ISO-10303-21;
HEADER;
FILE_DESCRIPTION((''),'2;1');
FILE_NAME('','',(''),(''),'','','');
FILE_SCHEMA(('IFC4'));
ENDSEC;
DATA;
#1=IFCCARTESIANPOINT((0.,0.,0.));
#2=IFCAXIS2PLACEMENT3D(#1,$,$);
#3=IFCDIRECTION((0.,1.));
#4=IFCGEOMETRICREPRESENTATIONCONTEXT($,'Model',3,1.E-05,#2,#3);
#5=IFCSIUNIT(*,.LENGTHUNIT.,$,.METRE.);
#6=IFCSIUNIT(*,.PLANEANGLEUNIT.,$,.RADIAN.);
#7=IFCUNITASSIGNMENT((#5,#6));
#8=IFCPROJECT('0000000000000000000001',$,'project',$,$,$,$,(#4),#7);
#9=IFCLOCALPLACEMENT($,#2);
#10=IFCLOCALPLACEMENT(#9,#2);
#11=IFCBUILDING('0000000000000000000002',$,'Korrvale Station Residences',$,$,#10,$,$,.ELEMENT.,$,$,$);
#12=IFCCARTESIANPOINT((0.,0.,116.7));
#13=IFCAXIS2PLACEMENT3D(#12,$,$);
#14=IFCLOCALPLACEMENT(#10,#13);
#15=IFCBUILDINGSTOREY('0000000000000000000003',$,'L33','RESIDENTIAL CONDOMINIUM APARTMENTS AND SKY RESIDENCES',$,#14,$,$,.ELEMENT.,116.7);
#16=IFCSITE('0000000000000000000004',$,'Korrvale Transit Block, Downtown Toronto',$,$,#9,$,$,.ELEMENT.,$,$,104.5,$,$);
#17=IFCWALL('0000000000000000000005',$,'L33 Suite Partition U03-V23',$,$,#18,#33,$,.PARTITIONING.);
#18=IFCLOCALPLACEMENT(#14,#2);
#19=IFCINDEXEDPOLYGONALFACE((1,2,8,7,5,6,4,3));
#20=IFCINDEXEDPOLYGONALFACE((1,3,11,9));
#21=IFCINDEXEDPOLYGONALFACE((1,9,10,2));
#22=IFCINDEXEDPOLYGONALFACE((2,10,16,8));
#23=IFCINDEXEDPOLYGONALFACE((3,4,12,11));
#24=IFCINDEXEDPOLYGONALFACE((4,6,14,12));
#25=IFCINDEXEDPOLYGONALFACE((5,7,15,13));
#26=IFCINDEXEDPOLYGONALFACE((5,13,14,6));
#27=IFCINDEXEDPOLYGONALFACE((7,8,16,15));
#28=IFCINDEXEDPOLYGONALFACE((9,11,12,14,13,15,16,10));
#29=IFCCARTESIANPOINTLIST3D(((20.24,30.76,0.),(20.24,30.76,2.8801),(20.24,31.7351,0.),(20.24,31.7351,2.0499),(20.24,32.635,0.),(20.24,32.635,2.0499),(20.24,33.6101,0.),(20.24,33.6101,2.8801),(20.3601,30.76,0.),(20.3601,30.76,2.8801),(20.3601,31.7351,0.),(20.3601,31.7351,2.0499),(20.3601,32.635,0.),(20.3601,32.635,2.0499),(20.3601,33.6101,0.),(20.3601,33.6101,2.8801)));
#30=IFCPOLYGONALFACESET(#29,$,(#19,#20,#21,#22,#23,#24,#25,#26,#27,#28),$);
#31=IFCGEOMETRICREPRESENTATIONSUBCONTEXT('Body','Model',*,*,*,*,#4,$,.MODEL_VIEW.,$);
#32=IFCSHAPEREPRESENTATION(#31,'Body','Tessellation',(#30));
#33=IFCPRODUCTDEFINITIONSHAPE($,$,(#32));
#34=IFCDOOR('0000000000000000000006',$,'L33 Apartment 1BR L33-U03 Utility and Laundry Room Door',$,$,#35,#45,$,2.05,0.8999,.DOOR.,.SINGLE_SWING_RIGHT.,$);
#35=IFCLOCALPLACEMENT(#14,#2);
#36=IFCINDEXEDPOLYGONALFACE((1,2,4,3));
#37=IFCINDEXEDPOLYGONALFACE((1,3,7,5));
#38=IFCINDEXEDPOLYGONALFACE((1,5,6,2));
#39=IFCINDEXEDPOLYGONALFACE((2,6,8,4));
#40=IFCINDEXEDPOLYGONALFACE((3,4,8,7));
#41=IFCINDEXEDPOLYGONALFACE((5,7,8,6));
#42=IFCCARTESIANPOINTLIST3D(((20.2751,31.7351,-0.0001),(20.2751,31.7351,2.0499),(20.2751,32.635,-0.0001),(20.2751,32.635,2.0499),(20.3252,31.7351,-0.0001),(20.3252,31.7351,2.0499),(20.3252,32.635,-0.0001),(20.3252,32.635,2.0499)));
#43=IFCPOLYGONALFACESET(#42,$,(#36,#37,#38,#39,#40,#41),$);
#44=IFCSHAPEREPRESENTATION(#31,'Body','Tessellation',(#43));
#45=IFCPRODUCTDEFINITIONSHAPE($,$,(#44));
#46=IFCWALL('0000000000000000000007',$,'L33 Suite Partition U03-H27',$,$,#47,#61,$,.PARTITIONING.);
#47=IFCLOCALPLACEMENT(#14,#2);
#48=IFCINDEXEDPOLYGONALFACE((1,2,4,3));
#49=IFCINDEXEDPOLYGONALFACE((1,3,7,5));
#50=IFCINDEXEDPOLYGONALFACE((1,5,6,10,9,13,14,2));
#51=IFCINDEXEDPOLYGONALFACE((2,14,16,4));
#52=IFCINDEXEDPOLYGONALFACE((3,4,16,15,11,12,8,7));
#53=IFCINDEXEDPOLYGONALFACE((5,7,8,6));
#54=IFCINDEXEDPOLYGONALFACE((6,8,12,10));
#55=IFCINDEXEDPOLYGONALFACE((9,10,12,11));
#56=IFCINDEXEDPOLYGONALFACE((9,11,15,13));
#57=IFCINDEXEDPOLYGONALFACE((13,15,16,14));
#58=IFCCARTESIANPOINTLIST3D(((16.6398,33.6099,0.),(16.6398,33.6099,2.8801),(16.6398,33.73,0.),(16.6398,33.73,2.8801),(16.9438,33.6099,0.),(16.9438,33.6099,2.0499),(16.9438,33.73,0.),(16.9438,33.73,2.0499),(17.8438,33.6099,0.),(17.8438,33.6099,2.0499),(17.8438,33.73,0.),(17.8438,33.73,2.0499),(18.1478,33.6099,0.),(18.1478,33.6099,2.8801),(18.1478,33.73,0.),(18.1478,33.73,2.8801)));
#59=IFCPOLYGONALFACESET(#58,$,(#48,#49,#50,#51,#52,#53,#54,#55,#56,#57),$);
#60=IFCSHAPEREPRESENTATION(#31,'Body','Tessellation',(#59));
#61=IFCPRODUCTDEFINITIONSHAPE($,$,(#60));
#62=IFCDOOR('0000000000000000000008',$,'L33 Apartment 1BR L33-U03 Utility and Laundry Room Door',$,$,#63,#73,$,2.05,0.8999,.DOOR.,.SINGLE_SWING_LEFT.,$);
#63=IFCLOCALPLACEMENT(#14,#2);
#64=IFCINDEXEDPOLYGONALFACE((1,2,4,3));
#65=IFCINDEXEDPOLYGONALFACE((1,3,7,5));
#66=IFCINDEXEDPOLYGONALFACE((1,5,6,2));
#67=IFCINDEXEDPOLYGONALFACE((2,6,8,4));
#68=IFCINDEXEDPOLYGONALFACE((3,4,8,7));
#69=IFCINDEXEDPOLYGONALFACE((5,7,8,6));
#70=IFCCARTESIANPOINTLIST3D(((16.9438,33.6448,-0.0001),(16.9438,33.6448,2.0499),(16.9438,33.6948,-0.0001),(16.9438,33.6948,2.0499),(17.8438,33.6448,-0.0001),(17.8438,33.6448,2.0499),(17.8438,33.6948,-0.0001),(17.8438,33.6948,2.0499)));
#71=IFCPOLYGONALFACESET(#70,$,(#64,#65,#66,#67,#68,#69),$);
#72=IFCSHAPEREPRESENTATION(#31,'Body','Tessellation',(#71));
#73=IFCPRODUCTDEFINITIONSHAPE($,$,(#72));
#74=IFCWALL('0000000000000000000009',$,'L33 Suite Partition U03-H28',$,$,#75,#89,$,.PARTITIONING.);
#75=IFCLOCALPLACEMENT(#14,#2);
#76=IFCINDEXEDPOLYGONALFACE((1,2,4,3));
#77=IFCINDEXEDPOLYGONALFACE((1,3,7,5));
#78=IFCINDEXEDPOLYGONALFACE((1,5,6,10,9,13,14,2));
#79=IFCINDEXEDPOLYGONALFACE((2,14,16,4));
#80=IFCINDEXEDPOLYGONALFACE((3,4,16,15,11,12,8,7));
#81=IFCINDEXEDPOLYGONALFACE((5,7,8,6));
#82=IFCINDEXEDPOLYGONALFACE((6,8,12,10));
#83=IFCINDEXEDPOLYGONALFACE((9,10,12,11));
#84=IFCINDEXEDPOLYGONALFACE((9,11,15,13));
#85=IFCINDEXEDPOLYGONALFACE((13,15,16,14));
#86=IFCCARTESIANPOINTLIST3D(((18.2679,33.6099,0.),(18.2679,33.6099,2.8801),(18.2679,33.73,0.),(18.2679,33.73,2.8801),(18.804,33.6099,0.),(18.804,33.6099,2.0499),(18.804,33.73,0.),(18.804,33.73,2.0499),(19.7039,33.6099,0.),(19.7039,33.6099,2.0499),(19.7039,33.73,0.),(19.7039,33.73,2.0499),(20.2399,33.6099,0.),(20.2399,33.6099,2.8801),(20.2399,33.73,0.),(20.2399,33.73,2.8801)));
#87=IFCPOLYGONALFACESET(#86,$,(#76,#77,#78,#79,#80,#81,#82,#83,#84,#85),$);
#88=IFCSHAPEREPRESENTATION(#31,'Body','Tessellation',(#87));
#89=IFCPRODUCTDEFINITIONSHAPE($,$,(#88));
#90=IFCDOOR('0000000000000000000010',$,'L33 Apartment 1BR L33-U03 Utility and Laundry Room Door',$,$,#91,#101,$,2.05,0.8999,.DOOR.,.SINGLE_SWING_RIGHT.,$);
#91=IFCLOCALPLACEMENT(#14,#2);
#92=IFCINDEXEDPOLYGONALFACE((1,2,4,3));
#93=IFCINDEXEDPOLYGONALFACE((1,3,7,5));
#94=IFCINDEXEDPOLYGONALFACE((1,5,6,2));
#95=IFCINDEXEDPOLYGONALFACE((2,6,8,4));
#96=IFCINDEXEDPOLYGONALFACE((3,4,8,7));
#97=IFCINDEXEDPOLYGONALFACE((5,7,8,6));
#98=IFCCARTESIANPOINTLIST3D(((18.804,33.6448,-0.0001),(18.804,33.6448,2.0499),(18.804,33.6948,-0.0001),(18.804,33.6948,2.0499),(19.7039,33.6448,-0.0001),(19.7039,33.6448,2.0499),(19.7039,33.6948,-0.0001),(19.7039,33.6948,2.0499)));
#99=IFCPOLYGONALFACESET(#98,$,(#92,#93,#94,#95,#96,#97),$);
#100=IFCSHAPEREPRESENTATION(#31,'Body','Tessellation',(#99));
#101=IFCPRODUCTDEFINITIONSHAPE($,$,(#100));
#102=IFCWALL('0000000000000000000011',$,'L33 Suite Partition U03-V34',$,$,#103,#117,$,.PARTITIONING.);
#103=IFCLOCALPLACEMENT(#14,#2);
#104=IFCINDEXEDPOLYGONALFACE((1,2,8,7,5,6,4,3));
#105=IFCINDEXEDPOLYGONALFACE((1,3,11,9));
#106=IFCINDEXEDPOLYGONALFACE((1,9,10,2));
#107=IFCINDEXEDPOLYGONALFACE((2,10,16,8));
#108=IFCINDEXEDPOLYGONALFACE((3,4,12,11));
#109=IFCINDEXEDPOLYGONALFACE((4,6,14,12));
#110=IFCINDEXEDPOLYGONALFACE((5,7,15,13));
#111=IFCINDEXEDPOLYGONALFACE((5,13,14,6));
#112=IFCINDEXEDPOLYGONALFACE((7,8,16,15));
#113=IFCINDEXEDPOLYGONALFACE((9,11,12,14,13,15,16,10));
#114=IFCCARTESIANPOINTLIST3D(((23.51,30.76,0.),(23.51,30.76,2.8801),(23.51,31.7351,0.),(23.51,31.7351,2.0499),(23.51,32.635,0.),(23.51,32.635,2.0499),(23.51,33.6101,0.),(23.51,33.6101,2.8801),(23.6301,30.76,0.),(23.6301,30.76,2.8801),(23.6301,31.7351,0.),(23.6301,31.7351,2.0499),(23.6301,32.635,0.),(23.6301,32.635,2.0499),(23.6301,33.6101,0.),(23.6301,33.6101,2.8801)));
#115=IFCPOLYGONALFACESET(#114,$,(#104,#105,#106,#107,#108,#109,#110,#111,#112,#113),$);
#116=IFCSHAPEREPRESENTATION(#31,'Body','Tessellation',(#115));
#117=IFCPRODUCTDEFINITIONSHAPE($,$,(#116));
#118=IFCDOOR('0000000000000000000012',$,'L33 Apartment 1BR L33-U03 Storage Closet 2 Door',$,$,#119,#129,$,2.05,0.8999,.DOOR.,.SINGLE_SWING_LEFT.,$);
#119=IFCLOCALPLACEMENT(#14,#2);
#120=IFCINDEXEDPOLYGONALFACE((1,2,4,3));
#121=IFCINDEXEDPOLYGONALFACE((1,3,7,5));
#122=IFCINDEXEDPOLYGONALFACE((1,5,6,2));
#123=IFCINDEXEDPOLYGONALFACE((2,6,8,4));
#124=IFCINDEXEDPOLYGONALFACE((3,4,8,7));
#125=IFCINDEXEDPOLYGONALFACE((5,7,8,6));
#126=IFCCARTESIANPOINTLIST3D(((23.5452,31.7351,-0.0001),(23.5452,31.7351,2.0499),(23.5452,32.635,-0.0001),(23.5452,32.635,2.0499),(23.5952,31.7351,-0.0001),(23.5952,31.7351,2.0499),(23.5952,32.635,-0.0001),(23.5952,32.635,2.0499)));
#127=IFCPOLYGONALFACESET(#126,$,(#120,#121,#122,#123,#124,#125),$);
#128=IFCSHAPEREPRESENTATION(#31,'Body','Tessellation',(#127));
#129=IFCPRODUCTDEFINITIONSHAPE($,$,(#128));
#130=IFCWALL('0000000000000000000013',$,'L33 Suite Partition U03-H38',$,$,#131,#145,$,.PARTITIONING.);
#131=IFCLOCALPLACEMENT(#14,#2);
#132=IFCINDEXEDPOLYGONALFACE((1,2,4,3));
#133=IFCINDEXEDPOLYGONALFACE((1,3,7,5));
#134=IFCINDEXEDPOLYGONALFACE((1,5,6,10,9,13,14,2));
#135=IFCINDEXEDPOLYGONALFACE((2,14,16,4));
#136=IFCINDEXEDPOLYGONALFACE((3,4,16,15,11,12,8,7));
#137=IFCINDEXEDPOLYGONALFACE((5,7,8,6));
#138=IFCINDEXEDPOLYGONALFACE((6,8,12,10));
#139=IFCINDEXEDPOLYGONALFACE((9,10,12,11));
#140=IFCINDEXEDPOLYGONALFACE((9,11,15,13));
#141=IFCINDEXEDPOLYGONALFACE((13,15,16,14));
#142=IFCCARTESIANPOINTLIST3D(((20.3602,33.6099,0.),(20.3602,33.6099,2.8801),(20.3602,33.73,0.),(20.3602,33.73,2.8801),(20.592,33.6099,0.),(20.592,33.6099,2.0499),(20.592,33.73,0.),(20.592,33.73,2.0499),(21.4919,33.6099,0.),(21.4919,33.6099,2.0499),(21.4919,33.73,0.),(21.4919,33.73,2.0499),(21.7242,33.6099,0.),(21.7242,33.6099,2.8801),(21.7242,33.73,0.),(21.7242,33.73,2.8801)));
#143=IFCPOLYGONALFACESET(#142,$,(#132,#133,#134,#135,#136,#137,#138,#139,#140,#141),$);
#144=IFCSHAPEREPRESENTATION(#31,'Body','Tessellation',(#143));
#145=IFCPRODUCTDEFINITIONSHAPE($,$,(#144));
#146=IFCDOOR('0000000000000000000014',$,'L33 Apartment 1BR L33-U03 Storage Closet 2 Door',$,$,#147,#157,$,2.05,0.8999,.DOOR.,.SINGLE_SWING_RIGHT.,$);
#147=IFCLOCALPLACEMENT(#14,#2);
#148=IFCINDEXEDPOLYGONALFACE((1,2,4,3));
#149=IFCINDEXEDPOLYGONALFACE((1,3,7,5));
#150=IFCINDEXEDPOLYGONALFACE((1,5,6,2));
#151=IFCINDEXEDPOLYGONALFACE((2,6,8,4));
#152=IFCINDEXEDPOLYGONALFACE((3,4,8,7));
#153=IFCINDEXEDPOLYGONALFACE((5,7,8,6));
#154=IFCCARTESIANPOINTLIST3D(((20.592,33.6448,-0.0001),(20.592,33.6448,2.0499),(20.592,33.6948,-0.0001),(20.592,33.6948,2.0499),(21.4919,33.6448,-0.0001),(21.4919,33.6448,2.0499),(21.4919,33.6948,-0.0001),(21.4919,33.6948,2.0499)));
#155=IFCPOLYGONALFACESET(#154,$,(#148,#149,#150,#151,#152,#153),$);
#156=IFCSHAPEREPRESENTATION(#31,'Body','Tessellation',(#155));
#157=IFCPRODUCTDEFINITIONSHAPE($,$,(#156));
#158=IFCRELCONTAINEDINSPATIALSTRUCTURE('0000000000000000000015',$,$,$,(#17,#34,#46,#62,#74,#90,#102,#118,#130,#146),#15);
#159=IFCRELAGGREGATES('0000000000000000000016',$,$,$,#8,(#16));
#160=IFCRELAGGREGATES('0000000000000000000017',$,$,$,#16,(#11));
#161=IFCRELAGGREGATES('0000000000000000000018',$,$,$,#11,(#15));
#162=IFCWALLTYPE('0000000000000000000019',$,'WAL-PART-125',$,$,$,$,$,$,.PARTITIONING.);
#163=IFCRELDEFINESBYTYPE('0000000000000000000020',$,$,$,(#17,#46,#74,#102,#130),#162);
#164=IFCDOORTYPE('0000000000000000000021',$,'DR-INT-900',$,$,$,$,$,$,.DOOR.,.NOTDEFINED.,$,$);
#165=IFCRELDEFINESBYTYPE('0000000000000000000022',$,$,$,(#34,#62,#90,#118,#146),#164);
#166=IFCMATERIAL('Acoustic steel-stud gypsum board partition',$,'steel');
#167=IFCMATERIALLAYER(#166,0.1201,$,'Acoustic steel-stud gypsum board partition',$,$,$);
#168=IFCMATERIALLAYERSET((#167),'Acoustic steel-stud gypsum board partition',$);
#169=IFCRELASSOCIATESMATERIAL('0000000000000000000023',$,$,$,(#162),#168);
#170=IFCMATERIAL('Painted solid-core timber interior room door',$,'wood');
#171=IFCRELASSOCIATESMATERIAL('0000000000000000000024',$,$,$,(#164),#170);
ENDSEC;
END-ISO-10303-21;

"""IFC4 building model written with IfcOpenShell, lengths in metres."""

from ifc_helpers import new_model, si_unit, direction, frame, frame_2d, origin, place, context, subcontext, project, spatial, rectangle, extrude, material, layer, layer_set, type_object, element, fill, save


model = new_model("IFC4")

# Units and contexts
model_context = context("Model", 3, precision=1e-05, world=origin(), true_north=direction((0.0, 1.0)))
body_context = subcontext(model_context, "Body", "Model", "MODEL_VIEW")
ifc_project = project(units=[si_unit("LENGTHUNIT", "METRE"), si_unit("PLANEANGLEUNIT", "RADIAN")], contexts=[model_context])

# Site, building, storey
site_placement = place(None, origin())
site = spatial("IfcSite", under=ifc_project, at=site_placement, Name="Korrvale Transit Block, Downtown Toronto", CompositionType="ELEMENT", RefElevation=104.5)
building_placement = place(site_placement, origin())
building = spatial("IfcBuilding", under=site, at=building_placement, Name="Korrvale Station Residences", CompositionType="ELEMENT")
storey_placement = place(building_placement, frame((0.0, 0.0, 116.7)))
storey = spatial("IfcBuildingStorey", under=building, at=storey_placement, Name="L33", Description="RESIDENTIAL CONDOMINIUM APARTMENTS AND SKY RESIDENCES", CompositionType="ELEMENT", Elevation=116.7)

# Walls, openings, doors
ifc_material_1 = material(Name="Acoustic steel-stud gypsum board partition", Category="steel")
ifc_layer = layer(ifc_material_1, 0.1201, Name="Acoustic steel-stud gypsum board partition")
ifc_layer_set = layer_set([ifc_layer], Name="Acoustic steel-stud gypsum board partition")
wall_type = type_object("IfcWallType", Name="WAL-PART-125", PredefinedType="PARTITIONING", material=ifc_layer_set)
ifc_material_2 = material(Name="Painted solid-core timber interior room door", Category="wood")
door_type = type_object("IfcDoorType", Name="DR-INT-900", OperationType="NOTDEFINED", PredefinedType="DOOR", material=ifc_material_2)
wall_1_placement = place(storey_placement, frame((20.3, 30.76, 0.0), z_axis=(0.0, 0.0, 1.0), x_axis=(0.0, 1.0, 0.0)))
wall_1 = element("IfcWall", 1, at=wall_1_placement, inside=storey, type_object=wall_type, Name="L33 Suite Partition U03-V23", PredefinedType="PARTITIONING", context=body_context, shape_type="SweptSolid", body=[
    extrude(rectangle(XDim=2.8501, YDim=0.1201, at=frame_2d((1.425, 0.0))), origin(), (0.0, 0.0, 1.0), 2.8801),
])
opening_1_placement = place(wall_1_placement, frame((0.9751, 0.0, 0.0)))
opening_1 = element("IfcOpeningElement", 2, at=opening_1_placement, cuts=wall_1, PredefinedType="OPENING", context=body_context, shape_type="SweptSolid", body=[
    extrude(rectangle(XDim=0.8999, YDim=2.05, at=frame_2d((0.45, 1.0249))), frame((0.0, 0.0701, 0.0), z_axis=(0.0, -1.0, 0.0), x_axis=(1.0, 0.0, 0.0)), (0.0, 0.0, 1.0), 0.1401),
])
door_1_placement = place(opening_1_placement, origin())
door_1 = element("IfcDoor", 3, at=door_1_placement, inside=storey, type_object=door_type, Name="L33 Apartment 1BR L33-U03 Utility and Laundry Room Door", OperationType="SINGLE_SWING_RIGHT", OverallHeight=2.05, OverallWidth=0.8999, PredefinedType="DOOR", context=body_context, shape_type="SweptSolid", body=[
    extrude(rectangle(XDim=0.8999, YDim=2.05, at=frame_2d((0.45, 1.0249))), frame((0.0, 0.0249, 0.0), z_axis=(0.0, -1.0, 0.0), x_axis=(1.0, 0.0, 0.0)), (0.0, 0.0, 1.0), 0.05),
])
fill(opening_1, door_1)
wall_2_placement = place(storey_placement, frame((16.6399, 33.6699, 0.0), z_axis=(0.0, 0.0, 1.0), x_axis=(1.0, 0.0, 0.0)))
wall_2 = element("IfcWall", 4, at=wall_2_placement, inside=storey, type_object=wall_type, Name="L33 Suite Partition U03-H27", PredefinedType="PARTITIONING", context=body_context, shape_type="SweptSolid", body=[
    extrude(rectangle(XDim=1.5081, YDim=0.1201, at=frame_2d((0.7539, 0.0))), origin(), (0.0, 0.0, 1.0), 2.8801),
])
opening_2_placement = place(wall_2_placement, frame((0.304, 0.0, 0.0)))
opening_2 = element("IfcOpeningElement", 5, at=opening_2_placement, cuts=wall_2, PredefinedType="OPENING", context=body_context, shape_type="SweptSolid", body=[
    extrude(rectangle(XDim=0.8999, YDim=2.05, at=frame_2d((0.45, 1.0249))), frame((0.0, 0.0701, 0.0), z_axis=(0.0, -1.0, 0.0), x_axis=(1.0, 0.0, 0.0)), (0.0, 0.0, 1.0), 0.1401),
])
door_2_placement = place(opening_2_placement, origin())
door_2 = element("IfcDoor", 6, at=door_2_placement, inside=storey, type_object=door_type, Name="L33 Apartment 1BR L33-U03 Utility and Laundry Room Door", OperationType="SINGLE_SWING_LEFT", OverallHeight=2.05, OverallWidth=0.8999, PredefinedType="DOOR", context=body_context, shape_type="SweptSolid", body=[
    extrude(rectangle(XDim=0.8999, YDim=2.05, at=frame_2d((0.45, 1.0249))), frame((0.0, 0.0249, 0.0), z_axis=(0.0, -1.0, 0.0), x_axis=(1.0, 0.0, 0.0)), (0.0, 0.0, 1.0), 0.05),
])
fill(opening_2, door_2)
wall_3_placement = place(storey_placement, frame((18.2681, 33.6699, 0.0), z_axis=(0.0, 0.0, 1.0), x_axis=(1.0, 0.0, 0.0)))
wall_3 = element("IfcWall", 7, at=wall_3_placement, inside=storey, type_object=wall_type, Name="L33 Suite Partition U03-H28", PredefinedType="PARTITIONING", context=body_context, shape_type="SweptSolid", body=[
    extrude(rectangle(XDim=1.9719, YDim=0.1201, at=frame_2d((0.9858, 0.0))), origin(), (0.0, 0.0, 1.0), 2.8801),
])
opening_3_placement = place(wall_3_placement, frame((0.5359, 0.0, 0.0)))
opening_3 = element("IfcOpeningElement", 8, at=opening_3_placement, cuts=wall_3, PredefinedType="OPENING", context=body_context, shape_type="SweptSolid", body=[
    extrude(rectangle(XDim=0.8999, YDim=2.05, at=frame_2d((0.45, 1.0249))), frame((0.0, 0.0701, 0.0), z_axis=(0.0, -1.0, 0.0), x_axis=(1.0, 0.0, 0.0)), (0.0, 0.0, 1.0), 0.1401),
])
door_3_placement = place(opening_3_placement, origin())
door_3 = element("IfcDoor", 9, at=door_3_placement, inside=storey, type_object=door_type, Name="L33 Apartment 1BR L33-U03 Utility and Laundry Room Door", OperationType="SINGLE_SWING_RIGHT", OverallHeight=2.05, OverallWidth=0.8999, PredefinedType="DOOR", context=body_context, shape_type="SweptSolid", body=[
    extrude(rectangle(XDim=0.8999, YDim=2.05, at=frame_2d((0.45, 1.0249))), frame((0.0, 0.0249, 0.0), z_axis=(0.0, -1.0, 0.0), x_axis=(1.0, 0.0, 0.0)), (0.0, 0.0, 1.0), 0.05),
])
fill(opening_3, door_3)
wall_4_placement = place(storey_placement, frame((23.5701, 30.76, 0.0), z_axis=(0.0, 0.0, 1.0), x_axis=(0.0, 1.0, 0.0)))
wall_4 = element("IfcWall", 10, at=wall_4_placement, inside=storey, type_object=wall_type, Name="L33 Suite Partition U03-V34", PredefinedType="PARTITIONING", context=body_context, shape_type="SweptSolid", body=[
    extrude(rectangle(XDim=2.8501, YDim=0.1201, at=frame_2d((1.425, 0.0))), origin(), (0.0, 0.0, 1.0), 2.8801),
])
opening_4_placement = place(wall_4_placement, frame((0.9751, 0.0, 0.0)))
opening_4 = element("IfcOpeningElement", 11, at=opening_4_placement, cuts=wall_4, PredefinedType="OPENING", context=body_context, shape_type="SweptSolid", body=[
    extrude(rectangle(XDim=0.8999, YDim=2.05, at=frame_2d((0.45, 1.0249))), frame((0.0, 0.0701, 0.0), z_axis=(0.0, -1.0, 0.0), x_axis=(1.0, 0.0, 0.0)), (0.0, 0.0, 1.0), 0.1401),
])
door_4_placement = place(opening_4_placement, origin())
door_4 = element("IfcDoor", 12, at=door_4_placement, inside=storey, type_object=door_type, Name="L33 Apartment 1BR L33-U03 Storage Closet 2 Door", OperationType="SINGLE_SWING_LEFT", OverallHeight=2.05, OverallWidth=0.8999, PredefinedType="DOOR", context=body_context, shape_type="SweptSolid", body=[
    extrude(rectangle(XDim=0.8999, YDim=2.05, at=frame_2d((0.45, 1.0249))), frame((0.0, 0.0249, 0.0), z_axis=(0.0, -1.0, 0.0), x_axis=(1.0, 0.0, 0.0)), (0.0, 0.0, 1.0), 0.05),
])
fill(opening_4, door_4)
wall_5_placement = place(storey_placement, frame((20.3601, 33.6699, 0.0), z_axis=(0.0, 0.0, 1.0), x_axis=(1.0, 0.0, 0.0)))
wall_5 = element("IfcWall", 13, at=wall_5_placement, inside=storey, type_object=wall_type, Name="L33 Suite Partition U03-H38", PredefinedType="PARTITIONING", context=body_context, shape_type="SweptSolid", body=[
    extrude(rectangle(XDim=1.364, YDim=0.1201, at=frame_2d((0.6821, 0.0))), origin(), (0.0, 0.0, 1.0), 2.8801),
])
opening_5_placement = place(wall_5_placement, frame((0.2319, 0.0, 0.0)))
opening_5 = element("IfcOpeningElement", 14, at=opening_5_placement, cuts=wall_5, PredefinedType="OPENING", context=body_context, shape_type="SweptSolid", body=[
    extrude(rectangle(XDim=0.8999, YDim=2.05, at=frame_2d((0.45, 1.0249))), frame((0.0, 0.0701, 0.0), z_axis=(0.0, -1.0, 0.0), x_axis=(1.0, 0.0, 0.0)), (0.0, 0.0, 1.0), 0.1401),
])
door_5_placement = place(opening_5_placement, origin())
door_5 = element("IfcDoor", 15, at=door_5_placement, inside=storey, type_object=door_type, Name="L33 Apartment 1BR L33-U03 Storage Closet 2 Door", OperationType="SINGLE_SWING_RIGHT", OverallHeight=2.05, OverallWidth=0.8999, PredefinedType="DOOR", context=body_context, shape_type="SweptSolid", body=[
    extrude(rectangle(XDim=0.8999, YDim=2.05, at=frame_2d((0.45, 1.0249))), frame((0.0, 0.0249, 0.0), z_axis=(0.0, -1.0, 0.0), x_axis=(1.0, 0.0, 0.0)), (0.0, 0.0, 1.0), 0.05),
])
fill(opening_5, door_5)

save(model, "model.ifc")
